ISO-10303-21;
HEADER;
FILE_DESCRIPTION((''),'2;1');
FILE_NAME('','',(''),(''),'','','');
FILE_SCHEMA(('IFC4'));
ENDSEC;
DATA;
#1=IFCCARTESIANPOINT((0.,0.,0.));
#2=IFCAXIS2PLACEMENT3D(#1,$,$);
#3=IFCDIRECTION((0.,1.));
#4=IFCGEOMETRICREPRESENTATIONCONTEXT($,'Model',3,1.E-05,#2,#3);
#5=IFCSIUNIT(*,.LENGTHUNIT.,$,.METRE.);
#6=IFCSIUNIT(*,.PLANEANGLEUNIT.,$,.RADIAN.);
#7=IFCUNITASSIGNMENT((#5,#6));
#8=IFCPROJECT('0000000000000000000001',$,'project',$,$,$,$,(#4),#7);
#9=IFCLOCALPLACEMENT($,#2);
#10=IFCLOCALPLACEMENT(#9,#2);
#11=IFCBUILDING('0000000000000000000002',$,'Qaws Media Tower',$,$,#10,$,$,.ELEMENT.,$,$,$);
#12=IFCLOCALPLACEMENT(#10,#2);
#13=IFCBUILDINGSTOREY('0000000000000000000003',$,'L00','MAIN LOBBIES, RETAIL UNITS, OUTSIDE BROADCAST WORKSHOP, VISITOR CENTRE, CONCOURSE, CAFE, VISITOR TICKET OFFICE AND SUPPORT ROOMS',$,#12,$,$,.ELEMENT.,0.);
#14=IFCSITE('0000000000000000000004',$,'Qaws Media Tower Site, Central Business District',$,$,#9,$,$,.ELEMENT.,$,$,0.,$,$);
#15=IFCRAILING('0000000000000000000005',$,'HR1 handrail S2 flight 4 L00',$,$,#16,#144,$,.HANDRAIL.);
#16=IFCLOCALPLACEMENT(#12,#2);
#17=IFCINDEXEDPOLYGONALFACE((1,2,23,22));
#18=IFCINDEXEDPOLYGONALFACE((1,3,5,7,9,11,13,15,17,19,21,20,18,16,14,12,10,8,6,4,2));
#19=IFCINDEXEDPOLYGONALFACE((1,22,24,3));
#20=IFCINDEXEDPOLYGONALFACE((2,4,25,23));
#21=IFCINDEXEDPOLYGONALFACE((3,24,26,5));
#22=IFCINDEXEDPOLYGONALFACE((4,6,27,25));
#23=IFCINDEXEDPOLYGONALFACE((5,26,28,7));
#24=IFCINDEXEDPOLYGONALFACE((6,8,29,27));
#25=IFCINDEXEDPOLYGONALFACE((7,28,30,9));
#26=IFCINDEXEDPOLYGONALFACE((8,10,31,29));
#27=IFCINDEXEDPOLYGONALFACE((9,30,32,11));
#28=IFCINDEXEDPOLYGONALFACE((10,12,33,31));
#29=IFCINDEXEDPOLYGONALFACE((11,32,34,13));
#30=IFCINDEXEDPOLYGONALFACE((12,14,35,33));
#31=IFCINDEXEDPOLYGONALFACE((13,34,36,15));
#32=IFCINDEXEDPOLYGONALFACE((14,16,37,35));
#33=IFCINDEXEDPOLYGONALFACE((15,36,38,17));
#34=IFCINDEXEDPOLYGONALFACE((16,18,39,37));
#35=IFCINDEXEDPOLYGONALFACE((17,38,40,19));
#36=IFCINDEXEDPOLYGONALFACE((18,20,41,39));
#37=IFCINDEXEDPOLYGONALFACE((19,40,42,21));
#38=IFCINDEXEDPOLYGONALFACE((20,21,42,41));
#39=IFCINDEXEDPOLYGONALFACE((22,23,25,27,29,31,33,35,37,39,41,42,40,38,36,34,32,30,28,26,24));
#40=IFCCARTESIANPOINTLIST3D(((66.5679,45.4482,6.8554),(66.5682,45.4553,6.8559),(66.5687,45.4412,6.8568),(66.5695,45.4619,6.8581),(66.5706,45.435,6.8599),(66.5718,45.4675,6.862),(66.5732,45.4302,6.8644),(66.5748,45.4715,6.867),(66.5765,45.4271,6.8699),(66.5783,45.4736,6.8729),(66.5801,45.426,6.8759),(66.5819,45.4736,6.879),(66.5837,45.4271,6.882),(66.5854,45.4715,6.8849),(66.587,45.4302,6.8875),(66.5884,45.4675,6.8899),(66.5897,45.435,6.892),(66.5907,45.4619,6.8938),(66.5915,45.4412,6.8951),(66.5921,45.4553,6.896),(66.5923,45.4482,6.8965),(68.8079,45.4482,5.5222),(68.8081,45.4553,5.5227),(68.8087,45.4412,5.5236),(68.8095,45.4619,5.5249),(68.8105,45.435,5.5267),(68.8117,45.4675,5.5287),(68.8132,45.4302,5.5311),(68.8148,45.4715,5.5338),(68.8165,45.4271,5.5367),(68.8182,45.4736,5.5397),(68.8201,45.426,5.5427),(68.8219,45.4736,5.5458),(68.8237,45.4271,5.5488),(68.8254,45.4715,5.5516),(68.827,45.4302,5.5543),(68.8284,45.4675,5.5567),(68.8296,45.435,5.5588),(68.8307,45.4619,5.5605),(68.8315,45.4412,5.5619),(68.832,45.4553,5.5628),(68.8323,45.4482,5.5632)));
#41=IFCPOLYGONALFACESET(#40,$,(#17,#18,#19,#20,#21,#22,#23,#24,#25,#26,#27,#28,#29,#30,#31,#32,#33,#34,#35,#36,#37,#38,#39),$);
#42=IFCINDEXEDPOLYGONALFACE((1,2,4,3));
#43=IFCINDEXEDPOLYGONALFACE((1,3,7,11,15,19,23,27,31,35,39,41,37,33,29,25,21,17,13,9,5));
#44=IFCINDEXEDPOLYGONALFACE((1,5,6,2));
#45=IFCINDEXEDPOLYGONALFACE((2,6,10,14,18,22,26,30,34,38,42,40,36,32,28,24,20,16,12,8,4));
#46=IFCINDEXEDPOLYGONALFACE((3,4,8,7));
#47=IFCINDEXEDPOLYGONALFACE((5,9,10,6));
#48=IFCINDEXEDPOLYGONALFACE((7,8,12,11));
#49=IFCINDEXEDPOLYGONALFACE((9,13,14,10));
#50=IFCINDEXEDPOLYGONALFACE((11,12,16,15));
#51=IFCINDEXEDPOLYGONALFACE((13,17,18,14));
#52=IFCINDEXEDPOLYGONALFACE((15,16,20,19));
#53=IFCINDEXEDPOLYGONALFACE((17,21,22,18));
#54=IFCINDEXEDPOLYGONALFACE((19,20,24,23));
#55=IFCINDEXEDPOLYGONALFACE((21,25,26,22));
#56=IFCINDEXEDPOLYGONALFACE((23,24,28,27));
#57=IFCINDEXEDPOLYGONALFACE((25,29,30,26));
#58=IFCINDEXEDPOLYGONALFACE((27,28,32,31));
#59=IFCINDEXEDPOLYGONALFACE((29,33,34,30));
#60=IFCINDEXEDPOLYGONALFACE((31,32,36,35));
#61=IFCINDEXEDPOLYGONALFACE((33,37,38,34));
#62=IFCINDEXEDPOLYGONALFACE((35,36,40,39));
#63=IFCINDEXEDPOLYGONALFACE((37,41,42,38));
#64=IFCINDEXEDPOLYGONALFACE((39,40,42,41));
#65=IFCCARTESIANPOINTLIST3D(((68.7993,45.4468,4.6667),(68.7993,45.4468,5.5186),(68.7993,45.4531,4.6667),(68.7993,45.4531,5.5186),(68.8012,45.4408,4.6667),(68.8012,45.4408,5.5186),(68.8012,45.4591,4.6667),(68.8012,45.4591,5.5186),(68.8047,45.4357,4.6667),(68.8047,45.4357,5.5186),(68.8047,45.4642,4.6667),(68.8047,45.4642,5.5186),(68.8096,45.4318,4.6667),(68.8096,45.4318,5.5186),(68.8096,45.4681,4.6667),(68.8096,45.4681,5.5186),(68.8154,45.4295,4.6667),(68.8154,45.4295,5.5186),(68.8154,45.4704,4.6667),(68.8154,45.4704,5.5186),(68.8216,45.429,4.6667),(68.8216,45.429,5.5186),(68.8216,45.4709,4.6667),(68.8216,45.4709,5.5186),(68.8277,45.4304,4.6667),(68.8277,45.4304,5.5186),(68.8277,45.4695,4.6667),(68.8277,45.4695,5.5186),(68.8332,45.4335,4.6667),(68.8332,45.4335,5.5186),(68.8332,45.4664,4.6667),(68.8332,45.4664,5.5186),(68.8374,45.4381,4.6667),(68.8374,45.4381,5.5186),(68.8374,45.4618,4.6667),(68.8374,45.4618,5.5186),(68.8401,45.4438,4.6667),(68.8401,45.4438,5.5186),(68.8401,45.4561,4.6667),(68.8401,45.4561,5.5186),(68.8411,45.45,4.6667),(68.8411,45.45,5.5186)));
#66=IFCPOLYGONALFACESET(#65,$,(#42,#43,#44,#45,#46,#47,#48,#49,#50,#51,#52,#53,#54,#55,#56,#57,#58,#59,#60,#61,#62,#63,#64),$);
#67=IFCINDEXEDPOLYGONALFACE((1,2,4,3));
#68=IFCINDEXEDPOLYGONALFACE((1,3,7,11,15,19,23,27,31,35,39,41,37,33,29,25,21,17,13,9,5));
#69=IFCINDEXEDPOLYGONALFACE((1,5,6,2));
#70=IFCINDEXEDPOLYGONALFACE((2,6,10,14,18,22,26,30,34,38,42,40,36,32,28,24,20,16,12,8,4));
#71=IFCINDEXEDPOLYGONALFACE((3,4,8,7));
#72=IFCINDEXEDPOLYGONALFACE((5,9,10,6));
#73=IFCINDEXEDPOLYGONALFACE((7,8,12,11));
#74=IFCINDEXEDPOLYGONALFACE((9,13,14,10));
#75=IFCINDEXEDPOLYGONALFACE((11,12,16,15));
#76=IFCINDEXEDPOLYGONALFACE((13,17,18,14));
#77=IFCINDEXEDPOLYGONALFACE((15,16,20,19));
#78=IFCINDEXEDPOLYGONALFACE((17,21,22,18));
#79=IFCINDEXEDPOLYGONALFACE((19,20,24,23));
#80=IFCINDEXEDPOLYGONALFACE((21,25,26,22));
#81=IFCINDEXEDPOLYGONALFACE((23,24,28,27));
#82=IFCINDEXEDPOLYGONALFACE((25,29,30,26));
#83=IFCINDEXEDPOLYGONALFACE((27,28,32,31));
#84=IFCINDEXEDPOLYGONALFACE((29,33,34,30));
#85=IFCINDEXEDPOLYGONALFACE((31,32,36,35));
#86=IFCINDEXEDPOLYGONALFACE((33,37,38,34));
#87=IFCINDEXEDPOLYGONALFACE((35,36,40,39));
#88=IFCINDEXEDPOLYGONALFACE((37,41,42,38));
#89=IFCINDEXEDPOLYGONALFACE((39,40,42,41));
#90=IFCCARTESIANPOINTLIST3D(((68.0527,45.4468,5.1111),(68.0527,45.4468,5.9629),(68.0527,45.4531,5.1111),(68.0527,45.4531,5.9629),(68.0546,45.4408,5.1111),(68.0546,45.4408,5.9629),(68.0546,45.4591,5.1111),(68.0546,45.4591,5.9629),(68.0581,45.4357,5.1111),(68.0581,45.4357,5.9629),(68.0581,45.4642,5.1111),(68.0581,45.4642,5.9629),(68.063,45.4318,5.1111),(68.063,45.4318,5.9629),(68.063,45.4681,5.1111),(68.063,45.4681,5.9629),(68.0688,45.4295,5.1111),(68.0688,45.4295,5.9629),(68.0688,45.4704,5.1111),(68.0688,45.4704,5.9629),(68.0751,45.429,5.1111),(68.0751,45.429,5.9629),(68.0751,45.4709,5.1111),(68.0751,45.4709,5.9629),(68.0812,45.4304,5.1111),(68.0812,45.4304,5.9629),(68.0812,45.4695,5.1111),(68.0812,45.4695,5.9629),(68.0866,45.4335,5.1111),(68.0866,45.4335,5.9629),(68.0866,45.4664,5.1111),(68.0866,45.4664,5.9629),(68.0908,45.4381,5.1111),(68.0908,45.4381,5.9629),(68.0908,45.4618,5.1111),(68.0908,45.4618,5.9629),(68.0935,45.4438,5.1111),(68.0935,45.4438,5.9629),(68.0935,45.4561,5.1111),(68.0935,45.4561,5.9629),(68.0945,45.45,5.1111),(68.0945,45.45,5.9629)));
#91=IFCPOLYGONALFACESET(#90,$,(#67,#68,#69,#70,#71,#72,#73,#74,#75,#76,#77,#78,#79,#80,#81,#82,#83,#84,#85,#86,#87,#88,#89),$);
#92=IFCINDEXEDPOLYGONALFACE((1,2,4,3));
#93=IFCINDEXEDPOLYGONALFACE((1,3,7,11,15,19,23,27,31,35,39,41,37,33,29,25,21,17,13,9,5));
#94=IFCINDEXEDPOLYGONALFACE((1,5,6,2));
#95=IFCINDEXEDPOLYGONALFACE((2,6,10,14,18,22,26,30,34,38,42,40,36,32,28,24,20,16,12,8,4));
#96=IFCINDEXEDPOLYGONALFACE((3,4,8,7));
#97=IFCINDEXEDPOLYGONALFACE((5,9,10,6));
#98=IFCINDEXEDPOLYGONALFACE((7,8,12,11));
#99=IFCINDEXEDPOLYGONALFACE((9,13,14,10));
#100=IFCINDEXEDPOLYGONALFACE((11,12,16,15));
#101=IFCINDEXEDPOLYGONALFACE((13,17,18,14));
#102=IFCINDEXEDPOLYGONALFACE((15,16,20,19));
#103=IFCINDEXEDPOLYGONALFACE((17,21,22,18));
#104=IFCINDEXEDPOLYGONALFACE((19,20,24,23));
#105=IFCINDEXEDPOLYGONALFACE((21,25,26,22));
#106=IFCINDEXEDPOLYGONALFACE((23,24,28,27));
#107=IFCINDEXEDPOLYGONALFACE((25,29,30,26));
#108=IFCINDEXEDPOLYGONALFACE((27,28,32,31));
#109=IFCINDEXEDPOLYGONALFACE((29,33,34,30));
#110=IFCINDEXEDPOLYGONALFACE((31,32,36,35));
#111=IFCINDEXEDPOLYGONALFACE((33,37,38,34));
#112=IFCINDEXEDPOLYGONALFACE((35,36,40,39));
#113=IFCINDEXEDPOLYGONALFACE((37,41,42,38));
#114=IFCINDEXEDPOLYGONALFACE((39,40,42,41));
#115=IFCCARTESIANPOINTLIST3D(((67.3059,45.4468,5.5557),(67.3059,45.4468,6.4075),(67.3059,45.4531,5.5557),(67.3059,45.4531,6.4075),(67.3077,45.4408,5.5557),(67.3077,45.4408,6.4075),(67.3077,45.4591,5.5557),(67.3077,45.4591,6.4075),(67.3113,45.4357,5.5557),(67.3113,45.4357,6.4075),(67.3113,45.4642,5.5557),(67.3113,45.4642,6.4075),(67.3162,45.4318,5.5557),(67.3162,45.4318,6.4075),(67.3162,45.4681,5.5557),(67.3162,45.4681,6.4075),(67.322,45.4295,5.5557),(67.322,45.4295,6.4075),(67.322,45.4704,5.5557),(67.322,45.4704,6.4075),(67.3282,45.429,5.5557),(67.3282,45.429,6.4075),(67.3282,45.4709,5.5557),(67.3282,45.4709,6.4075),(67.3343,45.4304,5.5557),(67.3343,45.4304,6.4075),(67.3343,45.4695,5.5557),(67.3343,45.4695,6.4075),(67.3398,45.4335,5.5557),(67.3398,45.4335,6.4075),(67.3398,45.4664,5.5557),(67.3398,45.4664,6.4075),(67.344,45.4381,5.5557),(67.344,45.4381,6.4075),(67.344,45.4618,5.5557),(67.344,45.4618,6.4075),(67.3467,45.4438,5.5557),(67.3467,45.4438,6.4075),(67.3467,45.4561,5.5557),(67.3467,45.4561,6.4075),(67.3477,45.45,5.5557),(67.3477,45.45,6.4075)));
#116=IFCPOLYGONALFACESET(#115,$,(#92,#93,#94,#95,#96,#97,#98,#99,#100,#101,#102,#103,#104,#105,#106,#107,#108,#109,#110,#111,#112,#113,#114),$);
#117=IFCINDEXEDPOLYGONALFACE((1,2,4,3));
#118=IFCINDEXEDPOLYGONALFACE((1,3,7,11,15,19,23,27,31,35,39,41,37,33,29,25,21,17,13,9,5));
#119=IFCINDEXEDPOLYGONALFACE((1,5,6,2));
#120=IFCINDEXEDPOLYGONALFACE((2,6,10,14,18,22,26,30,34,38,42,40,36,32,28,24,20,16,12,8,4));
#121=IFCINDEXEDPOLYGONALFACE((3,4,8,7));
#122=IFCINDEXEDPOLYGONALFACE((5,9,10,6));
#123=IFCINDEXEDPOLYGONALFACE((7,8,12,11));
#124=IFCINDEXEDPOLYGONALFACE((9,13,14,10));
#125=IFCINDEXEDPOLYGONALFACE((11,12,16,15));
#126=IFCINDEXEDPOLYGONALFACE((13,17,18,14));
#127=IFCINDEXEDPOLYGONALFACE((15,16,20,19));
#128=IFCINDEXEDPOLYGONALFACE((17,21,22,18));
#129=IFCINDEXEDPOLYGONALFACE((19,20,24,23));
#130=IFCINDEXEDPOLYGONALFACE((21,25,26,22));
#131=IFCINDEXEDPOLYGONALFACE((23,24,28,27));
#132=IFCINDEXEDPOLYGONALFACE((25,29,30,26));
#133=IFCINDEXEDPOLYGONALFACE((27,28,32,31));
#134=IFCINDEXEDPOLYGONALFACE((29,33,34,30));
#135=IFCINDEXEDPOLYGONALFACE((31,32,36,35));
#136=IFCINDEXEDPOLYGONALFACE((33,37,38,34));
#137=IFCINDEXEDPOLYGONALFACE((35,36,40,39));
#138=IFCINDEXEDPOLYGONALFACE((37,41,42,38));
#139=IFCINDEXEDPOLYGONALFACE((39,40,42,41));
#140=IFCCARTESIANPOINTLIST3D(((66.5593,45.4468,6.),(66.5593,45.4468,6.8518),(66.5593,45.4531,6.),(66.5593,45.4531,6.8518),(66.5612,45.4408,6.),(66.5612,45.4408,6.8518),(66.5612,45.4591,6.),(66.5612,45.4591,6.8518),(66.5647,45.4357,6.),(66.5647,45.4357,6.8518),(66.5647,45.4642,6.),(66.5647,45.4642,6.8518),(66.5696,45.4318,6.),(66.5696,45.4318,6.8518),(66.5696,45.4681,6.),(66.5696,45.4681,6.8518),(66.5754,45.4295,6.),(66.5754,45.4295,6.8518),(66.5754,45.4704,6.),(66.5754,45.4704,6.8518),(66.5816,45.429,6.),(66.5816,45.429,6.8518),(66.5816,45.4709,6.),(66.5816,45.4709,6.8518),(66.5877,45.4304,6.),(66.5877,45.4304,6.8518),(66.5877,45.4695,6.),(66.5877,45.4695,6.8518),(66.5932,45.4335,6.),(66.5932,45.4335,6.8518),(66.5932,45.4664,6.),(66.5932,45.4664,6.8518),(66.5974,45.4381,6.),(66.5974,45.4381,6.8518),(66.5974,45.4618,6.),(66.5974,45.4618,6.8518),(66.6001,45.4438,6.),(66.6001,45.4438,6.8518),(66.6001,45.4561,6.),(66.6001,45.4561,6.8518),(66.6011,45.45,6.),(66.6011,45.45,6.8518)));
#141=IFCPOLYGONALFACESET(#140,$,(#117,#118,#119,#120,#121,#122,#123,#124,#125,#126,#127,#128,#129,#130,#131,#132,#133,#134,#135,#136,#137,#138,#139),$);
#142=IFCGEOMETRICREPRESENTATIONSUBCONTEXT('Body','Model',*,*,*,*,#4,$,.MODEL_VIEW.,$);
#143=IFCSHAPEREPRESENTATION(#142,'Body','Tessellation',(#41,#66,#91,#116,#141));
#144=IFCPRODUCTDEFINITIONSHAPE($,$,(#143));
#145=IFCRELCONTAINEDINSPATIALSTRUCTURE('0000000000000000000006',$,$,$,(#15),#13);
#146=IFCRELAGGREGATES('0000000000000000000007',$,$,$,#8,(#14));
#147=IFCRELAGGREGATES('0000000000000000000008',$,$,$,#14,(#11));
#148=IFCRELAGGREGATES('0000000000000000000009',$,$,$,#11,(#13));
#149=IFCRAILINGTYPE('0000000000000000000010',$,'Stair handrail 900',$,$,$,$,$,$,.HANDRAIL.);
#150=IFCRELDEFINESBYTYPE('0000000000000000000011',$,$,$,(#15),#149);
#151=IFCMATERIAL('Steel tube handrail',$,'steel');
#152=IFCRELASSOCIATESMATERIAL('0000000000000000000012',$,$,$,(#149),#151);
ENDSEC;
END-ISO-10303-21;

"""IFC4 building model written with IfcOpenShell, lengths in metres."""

from ifc_helpers import new_model, si_unit, direction, frame, origin, origin_2d, place, context, subcontext, project, spatial, circle, extrude, material, type_object, element, save


model = new_model("IFC4")

# Units and contexts
model_context = context("Model", 3, precision=1e-05, world=origin(), true_north=direction((0.0, 1.0)))
body_context = subcontext(model_context, "Body", "Model", "MODEL_VIEW")
ifc_project = project(units=[si_unit("LENGTHUNIT", "METRE"), si_unit("PLANEANGLEUNIT", "RADIAN")], contexts=[model_context])

# Site, building, storey
site_placement = place(None, origin())
site = spatial("IfcSite", under=ifc_project, at=site_placement, Name="Qaws Media Tower Site, Central Business District", CompositionType="ELEMENT", RefElevation=0.0)
building_placement = place(site_placement, origin())
building = spatial("IfcBuilding", under=site, at=building_placement, Name="Qaws Media Tower", CompositionType="ELEMENT")
storey_placement = place(building_placement, origin())
storey = spatial("IfcBuildingStorey", under=building, at=storey_placement, Name="L00", Description="MAIN LOBBIES, RETAIL UNITS, OUTSIDE BROADCAST WORKSHOP, VISITOR CENTRE, CONCOURSE, CAFE, VISITOR TICKET OFFICE AND SUPPORT ROOMS", CompositionType="ELEMENT", Elevation=0.0)

# Railing
ifc_material_1 = material(Name="Steel tube handrail", Category="steel")
railing_type = type_object("IfcRailingType", Name="Stair handrail 900", PredefinedType="HANDRAIL", material=ifc_material_1)
for number, where, name in (
    (1, (68.8201, 45.45, 4.6667), "HR1 handrail S2 flight 4 L00"),
):
    element("IfcRailing", number, at=place(storey_placement, frame(where)), inside=storey, type_object=railing_type, Name=name, PredefinedType="HANDRAIL", context=body_context, shape_type="SweptSolid", body=[
        extrude(circle(Radius=0.0239, at=origin_2d()), frame((0.0, 0.0, 0.876), z_axis=(-0.859306, 0.0, 0.511462), x_axis=(0.0, -1.0, 0.0)), (0.0, 0.0, 1.0), 2.6067),
        extrude(circle(Radius=0.021, at=origin_2d()), origin(), (0.0, 0.0, 1.0), 0.8518),
        extrude(circle(Radius=0.021, at=origin_2d()), frame((-0.7466, 0.0, 0.4443)), (0.0, 0.0, 1.0), 0.8518),
        extrude(circle(Radius=0.021, at=origin_2d()), frame((-1.4934, 0.0, 0.8889)), (0.0, 0.0, 1.0), 0.8518),
        extrude(circle(Radius=0.021, at=origin_2d()), frame((-2.24, 0.0, 1.3333)), (0.0, 0.0, 1.0), 0.8518),
    ])

save(model, "model.ifc")
